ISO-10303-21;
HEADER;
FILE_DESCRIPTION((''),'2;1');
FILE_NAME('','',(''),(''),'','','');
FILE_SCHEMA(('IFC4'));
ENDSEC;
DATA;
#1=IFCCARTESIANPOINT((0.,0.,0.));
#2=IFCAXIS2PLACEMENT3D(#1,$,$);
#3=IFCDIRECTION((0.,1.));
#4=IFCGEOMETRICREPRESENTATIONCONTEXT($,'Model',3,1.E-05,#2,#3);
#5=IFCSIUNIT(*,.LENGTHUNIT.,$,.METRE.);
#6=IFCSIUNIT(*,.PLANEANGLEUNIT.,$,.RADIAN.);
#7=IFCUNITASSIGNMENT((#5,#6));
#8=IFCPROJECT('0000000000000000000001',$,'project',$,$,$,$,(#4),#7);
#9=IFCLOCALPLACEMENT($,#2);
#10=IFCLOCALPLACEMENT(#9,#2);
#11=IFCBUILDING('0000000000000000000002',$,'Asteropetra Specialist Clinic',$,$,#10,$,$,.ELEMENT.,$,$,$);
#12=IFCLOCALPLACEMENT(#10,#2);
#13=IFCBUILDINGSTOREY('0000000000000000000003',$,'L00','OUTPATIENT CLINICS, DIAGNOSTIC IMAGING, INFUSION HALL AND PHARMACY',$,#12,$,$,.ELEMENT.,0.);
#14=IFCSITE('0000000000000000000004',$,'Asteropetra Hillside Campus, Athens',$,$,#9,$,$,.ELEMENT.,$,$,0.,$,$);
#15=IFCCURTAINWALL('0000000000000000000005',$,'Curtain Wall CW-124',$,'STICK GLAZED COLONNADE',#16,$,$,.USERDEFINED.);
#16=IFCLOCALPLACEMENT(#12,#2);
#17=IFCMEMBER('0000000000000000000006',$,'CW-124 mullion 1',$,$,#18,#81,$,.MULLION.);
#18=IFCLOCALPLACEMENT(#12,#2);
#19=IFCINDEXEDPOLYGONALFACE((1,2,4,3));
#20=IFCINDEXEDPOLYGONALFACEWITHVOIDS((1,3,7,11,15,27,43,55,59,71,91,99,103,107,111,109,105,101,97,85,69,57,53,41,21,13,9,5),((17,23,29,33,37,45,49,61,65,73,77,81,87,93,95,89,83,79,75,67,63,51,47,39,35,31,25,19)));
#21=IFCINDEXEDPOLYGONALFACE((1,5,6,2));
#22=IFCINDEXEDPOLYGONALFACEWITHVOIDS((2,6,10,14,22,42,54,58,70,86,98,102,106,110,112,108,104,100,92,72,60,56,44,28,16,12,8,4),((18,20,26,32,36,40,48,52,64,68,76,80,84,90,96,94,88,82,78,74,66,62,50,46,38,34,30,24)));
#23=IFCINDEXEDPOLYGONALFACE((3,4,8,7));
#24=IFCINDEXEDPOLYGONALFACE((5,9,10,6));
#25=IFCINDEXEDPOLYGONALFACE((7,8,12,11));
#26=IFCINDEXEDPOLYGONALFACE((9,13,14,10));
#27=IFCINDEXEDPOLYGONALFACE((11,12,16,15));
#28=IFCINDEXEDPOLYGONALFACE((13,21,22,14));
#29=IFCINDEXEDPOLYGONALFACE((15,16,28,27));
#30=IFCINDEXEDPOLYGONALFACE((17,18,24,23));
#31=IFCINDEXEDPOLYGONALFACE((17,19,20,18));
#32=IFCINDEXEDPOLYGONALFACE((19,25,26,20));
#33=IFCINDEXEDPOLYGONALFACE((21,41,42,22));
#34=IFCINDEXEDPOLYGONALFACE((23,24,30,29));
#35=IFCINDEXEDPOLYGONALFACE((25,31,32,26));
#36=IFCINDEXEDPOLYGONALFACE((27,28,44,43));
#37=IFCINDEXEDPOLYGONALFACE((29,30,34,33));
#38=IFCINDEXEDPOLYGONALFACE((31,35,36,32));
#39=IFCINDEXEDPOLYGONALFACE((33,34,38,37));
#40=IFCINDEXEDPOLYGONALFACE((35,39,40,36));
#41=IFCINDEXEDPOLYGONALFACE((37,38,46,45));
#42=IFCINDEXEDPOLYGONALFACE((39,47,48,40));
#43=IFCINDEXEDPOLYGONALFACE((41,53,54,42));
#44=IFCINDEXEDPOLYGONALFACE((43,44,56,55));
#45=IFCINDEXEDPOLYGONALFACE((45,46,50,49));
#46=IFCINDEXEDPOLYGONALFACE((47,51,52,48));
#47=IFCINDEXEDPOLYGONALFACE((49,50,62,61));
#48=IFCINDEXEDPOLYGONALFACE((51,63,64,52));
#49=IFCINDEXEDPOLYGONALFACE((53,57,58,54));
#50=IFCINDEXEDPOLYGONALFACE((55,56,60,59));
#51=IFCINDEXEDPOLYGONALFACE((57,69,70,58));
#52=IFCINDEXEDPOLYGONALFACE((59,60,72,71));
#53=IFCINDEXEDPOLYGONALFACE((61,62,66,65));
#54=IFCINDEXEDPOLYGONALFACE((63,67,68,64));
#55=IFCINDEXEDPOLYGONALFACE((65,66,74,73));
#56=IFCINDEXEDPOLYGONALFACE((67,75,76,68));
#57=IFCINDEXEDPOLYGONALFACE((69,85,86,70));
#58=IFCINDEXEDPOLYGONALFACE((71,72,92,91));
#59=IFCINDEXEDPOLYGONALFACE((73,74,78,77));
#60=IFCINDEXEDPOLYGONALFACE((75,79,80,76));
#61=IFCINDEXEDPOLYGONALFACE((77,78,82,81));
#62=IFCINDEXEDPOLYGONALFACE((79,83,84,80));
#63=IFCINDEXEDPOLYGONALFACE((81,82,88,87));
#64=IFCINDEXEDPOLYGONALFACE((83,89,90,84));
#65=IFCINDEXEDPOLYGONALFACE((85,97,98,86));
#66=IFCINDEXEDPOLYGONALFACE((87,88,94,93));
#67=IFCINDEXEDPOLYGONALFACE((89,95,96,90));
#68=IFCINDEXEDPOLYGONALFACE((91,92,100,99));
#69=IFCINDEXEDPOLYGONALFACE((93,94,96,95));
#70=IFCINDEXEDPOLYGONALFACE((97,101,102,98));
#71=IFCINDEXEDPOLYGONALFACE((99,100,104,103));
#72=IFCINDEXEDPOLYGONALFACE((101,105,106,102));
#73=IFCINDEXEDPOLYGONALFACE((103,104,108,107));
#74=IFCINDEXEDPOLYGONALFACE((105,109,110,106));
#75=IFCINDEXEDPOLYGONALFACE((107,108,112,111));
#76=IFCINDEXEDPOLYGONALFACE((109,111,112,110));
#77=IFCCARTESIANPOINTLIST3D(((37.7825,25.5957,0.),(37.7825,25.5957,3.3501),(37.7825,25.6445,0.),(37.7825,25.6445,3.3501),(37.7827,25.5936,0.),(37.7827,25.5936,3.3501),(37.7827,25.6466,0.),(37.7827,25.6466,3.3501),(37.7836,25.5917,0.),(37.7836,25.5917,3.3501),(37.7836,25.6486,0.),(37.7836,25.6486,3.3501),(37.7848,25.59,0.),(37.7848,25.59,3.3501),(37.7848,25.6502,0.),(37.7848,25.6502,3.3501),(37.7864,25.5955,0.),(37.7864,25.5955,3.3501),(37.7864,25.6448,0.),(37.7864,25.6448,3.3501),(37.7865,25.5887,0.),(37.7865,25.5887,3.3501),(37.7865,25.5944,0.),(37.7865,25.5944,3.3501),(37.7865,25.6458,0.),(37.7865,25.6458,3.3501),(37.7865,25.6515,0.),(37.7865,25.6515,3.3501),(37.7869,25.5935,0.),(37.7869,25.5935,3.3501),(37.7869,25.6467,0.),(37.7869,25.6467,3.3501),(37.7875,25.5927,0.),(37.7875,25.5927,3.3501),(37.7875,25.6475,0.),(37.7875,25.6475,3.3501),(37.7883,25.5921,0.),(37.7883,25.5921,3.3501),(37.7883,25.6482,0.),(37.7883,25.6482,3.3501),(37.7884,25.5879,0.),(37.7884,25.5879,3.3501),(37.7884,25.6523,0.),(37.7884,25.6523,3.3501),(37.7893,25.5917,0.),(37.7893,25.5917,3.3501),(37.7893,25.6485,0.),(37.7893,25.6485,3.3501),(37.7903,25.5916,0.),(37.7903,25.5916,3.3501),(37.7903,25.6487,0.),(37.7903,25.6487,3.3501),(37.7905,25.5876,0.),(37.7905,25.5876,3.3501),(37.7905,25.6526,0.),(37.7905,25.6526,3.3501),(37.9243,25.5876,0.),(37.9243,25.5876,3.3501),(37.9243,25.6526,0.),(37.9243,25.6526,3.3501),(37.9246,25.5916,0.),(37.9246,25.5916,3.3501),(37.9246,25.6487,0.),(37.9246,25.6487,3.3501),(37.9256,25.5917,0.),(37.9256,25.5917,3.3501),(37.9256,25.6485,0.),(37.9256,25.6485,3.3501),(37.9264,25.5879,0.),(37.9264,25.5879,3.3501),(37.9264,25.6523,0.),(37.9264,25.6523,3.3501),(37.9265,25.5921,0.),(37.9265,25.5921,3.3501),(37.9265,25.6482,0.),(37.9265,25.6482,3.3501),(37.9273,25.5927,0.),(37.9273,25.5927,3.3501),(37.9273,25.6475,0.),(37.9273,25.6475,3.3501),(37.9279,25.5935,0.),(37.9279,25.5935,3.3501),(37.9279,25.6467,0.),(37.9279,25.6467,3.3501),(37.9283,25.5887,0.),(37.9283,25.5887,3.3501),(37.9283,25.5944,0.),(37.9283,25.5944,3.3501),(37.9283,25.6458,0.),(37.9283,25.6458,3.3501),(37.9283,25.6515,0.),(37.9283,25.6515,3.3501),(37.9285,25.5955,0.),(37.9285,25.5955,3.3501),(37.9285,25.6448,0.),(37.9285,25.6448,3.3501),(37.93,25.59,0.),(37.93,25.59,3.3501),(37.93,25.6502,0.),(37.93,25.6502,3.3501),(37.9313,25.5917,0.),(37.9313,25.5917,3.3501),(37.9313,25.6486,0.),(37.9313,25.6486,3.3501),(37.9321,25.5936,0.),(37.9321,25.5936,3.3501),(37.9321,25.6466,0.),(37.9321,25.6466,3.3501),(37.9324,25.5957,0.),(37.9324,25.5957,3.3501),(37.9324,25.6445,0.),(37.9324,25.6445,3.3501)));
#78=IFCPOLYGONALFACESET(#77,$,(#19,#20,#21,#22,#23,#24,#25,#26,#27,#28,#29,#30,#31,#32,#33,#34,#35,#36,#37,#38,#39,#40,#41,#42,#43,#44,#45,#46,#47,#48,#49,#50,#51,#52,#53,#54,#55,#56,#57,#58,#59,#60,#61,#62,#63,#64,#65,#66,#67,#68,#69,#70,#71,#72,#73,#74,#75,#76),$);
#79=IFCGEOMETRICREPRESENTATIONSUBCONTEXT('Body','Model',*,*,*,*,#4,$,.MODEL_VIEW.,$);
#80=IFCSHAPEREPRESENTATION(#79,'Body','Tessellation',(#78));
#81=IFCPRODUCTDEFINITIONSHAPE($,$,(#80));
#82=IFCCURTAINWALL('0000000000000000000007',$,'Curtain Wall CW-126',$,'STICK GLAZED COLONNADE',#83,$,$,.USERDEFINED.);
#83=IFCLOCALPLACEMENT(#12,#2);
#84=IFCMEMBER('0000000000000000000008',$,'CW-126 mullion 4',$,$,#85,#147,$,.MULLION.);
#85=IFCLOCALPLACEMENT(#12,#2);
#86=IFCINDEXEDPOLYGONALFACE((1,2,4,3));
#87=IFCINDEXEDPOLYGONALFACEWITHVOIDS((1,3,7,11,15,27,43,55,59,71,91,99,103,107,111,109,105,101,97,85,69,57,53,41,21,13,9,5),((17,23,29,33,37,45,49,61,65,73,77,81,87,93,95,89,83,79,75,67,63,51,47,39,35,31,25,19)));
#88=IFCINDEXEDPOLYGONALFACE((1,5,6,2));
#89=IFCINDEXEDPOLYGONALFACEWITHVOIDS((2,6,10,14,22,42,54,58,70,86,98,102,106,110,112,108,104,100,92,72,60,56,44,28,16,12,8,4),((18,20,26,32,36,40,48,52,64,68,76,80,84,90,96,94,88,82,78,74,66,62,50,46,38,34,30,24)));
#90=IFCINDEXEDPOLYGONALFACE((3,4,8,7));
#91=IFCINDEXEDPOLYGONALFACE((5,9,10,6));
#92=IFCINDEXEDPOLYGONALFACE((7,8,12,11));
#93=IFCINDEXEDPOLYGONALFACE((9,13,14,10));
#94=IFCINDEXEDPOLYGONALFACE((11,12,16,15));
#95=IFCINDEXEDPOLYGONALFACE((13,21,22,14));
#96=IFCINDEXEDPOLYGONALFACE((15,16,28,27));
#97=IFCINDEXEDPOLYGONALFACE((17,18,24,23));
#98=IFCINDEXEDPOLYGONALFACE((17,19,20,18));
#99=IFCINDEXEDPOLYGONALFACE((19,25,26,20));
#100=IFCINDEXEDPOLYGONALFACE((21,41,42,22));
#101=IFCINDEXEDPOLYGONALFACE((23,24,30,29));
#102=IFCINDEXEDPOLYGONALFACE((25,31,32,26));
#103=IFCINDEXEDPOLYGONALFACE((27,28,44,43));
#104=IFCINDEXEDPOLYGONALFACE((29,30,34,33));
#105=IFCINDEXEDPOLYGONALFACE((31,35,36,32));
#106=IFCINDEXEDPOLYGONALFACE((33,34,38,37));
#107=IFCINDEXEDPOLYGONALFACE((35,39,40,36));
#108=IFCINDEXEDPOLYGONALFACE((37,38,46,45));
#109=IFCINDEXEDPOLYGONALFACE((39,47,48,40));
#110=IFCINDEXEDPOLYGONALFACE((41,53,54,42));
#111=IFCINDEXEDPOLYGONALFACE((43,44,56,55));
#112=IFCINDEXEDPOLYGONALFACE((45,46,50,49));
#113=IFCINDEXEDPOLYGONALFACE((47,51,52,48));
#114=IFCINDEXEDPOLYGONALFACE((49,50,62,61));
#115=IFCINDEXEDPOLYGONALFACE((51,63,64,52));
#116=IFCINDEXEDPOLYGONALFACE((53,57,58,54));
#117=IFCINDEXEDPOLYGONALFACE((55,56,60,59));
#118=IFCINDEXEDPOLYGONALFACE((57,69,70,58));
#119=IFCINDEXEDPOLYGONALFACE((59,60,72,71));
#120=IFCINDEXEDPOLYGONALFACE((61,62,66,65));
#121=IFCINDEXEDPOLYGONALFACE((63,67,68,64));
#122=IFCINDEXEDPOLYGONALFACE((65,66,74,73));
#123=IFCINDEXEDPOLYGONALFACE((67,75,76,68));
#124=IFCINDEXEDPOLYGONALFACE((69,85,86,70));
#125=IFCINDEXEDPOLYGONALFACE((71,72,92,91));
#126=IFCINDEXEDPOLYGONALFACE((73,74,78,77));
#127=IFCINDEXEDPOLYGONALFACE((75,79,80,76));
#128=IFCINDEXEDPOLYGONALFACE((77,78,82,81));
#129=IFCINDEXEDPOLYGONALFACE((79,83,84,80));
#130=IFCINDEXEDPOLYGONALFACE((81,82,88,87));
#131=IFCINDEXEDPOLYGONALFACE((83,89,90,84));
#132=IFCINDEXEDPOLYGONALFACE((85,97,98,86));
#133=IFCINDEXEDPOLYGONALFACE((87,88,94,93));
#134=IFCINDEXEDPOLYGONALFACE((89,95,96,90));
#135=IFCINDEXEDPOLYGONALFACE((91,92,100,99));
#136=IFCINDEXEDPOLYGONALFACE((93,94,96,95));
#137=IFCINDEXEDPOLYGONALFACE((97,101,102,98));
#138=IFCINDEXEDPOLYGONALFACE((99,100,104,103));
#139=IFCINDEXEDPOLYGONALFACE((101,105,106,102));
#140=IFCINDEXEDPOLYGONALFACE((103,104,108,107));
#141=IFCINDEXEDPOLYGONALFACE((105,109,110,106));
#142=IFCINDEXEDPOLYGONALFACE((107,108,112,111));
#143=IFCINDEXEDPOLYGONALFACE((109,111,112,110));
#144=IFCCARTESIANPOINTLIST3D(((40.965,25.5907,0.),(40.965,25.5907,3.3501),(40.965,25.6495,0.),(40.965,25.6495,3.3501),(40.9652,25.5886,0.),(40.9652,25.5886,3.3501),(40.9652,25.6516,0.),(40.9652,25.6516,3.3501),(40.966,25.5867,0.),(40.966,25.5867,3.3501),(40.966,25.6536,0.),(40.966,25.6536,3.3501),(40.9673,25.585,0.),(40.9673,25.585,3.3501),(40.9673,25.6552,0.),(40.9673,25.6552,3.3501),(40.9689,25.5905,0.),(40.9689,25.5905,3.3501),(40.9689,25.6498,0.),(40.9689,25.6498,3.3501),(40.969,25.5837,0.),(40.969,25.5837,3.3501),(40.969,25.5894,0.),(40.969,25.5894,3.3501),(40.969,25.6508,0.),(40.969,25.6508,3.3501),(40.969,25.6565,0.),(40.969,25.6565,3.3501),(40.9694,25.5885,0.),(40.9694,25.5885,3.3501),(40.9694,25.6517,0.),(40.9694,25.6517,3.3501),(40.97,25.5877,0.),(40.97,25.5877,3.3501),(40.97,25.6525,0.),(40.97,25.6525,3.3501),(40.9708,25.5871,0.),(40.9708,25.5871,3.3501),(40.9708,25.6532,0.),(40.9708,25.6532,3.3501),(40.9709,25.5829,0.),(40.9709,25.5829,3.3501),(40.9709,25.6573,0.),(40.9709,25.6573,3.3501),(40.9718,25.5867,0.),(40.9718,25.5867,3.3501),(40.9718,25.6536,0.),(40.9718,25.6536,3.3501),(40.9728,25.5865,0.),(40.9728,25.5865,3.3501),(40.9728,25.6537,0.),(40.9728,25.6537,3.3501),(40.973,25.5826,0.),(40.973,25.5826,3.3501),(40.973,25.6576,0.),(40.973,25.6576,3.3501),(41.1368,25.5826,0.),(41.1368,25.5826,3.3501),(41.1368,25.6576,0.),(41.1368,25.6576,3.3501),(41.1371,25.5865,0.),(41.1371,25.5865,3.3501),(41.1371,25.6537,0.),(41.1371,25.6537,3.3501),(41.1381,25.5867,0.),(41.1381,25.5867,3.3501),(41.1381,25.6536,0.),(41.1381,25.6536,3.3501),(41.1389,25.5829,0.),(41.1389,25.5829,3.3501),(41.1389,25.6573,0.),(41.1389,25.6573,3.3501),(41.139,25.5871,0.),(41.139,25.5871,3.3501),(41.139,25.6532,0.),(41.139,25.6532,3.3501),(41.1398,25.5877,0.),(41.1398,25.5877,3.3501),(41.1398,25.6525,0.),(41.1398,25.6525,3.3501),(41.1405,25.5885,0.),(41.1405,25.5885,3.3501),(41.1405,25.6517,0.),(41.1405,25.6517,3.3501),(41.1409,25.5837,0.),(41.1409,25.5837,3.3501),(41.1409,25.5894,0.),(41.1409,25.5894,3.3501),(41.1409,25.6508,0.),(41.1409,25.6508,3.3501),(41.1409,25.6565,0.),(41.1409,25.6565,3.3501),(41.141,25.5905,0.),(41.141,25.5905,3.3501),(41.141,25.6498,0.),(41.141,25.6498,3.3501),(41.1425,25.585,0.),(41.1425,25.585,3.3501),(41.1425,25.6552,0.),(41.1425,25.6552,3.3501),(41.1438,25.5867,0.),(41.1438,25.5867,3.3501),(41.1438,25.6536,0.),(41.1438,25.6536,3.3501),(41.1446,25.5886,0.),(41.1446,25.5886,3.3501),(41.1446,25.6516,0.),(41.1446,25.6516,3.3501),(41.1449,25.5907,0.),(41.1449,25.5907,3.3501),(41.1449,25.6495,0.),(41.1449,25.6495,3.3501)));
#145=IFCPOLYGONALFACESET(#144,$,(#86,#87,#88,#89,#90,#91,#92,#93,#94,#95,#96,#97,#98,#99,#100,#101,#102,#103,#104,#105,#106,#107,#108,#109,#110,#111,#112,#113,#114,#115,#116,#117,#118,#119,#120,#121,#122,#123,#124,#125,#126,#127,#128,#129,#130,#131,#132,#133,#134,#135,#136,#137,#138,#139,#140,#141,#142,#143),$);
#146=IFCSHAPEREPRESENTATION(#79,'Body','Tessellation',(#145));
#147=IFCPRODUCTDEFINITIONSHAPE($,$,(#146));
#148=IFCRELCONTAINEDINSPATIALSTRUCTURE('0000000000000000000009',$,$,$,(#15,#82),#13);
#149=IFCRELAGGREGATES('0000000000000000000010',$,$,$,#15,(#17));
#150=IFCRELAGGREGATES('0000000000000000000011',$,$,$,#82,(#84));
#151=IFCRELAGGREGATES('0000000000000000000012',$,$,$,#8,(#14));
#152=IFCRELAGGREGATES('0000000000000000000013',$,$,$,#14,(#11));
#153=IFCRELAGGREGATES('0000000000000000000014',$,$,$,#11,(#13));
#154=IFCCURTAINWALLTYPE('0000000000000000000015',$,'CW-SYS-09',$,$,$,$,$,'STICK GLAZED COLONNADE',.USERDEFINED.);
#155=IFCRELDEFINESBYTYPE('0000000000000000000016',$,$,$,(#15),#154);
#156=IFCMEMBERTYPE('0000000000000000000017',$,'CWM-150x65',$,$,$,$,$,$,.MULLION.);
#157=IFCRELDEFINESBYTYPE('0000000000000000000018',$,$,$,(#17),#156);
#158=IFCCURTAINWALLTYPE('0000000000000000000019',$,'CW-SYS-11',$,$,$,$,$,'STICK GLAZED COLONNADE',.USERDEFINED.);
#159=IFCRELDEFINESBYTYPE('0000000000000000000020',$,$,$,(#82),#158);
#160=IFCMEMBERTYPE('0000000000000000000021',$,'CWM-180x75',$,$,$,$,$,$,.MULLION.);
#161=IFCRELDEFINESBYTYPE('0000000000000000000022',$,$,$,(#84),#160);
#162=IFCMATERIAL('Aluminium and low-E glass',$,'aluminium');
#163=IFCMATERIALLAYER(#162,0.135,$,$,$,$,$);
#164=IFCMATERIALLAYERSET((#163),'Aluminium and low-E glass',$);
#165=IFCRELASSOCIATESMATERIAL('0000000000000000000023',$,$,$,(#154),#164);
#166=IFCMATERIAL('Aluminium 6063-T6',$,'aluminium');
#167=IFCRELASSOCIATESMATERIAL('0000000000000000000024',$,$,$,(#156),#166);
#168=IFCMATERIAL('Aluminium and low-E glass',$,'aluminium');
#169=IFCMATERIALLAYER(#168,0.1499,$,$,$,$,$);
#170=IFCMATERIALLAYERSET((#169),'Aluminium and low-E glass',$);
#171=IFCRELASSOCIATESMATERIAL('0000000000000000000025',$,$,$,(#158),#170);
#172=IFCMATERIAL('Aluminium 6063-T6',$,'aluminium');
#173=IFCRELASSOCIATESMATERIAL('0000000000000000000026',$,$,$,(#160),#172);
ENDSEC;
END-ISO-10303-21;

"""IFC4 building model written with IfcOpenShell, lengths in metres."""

from ifc_helpers import new_model, si_unit, direction, frame, origin, origin_2d, place, context, subcontext, project, spatial, hollow_rectangle, extrude, material, layer, layer_set, material_profile, profile_set, type_object, element, aggregate, save


model = new_model("IFC4")

# Units and contexts
model_context = context("Model", 3, precision=1e-05, world=origin(), true_north=direction((0.0, 1.0)))
body_context = subcontext(model_context, "Body", "Model", "MODEL_VIEW")
ifc_project = project(units=[si_unit("LENGTHUNIT", "METRE"), si_unit("PLANEANGLEUNIT", "RADIAN")], contexts=[model_context])

# Site, building, storey
site_placement = place(None, origin())
site = spatial("IfcSite", under=ifc_project, at=site_placement, Name="Asteropetra Hillside Campus, Athens", CompositionType="ELEMENT", RefElevation=0.0)
building_placement = place(site_placement, origin())
building = spatial("IfcBuilding", under=site, at=building_placement, Name="Asteropetra Specialist Clinic", CompositionType="ELEMENT")
storey_placement = place(building_placement, origin())
storey = spatial("IfcBuildingStorey", under=building, at=storey_placement, Name="L00", Description="OUTPATIENT CLINICS, DIAGNOSTIC IMAGING, INFUSION HALL AND PHARMACY", CompositionType="ELEMENT", Elevation=0.0)

# Curtain wall, member
ifc_material_1 = material(Name="Aluminium and low-E glass", Category="aluminium")
ifc_layer_1 = layer(ifc_material_1, 0.135)
ifc_layer_set_1 = layer_set([ifc_layer_1], Name="Aluminium and low-E glass")
curtain_wall_type_1 = type_object("IfcCurtainWallType", Name="CW-SYS-09", ElementType="STICK GLAZED COLONNADE", PredefinedType="USERDEFINED", material=ifc_layer_set_1)
curtain_wall_1_placement = place(storey_placement, origin())
curtain_wall_1 = element("IfcCurtainWall", 1, at=curtain_wall_1_placement, inside=storey, type_object=curtain_wall_type_1, Name="Curtain Wall CW-124", ObjectType="STICK GLAZED COLONNADE", PredefinedType="USERDEFINED")
ifc_material_2 = material(Name="Aluminium 6063-T6", Category="aluminium")
ifc_material_profile_1 = material_profile(ifc_material_2, hollow_rectangle(XDim=0.0649, YDim=0.1499, WallThickness=0.0039, InnerFilletRadius=0.0039, OuterFilletRadius=0.0081, at=origin_2d()), Name="MUL 150x65x4.0")
ifc_profile_set_1 = profile_set([ifc_material_profile_1], Name="Aluminium 6063-T6")
member_type_1 = type_object("IfcMemberType", Name="CWM-150x65", PredefinedType="MULLION", material=ifc_profile_set_1)
member_1_placement = place(storey_placement, frame((37.8574, 25.6201, 0.0), z_axis=(0.0, 0.0, 1.0), x_axis=(0.0, -1.0, 0.0)))
member_1 = element("IfcMember", 2, at=member_1_placement, type_object=member_type_1, Name="CW-124 mullion 1", PredefinedType="MULLION", context=body_context, shape_type="SweptSolid", body=[
    extrude(hollow_rectangle(XDim=0.0649, YDim=0.1499, WallThickness=0.0039, InnerFilletRadius=0.0039, OuterFilletRadius=0.0081, at=origin_2d()), origin(), (0.0, 0.0, 1.0), 3.3501),
])

# Curtain wall, member
ifc_material_3 = material(Name="Aluminium and low-E glass", Category="aluminium")
ifc_layer_2 = layer(ifc_material_3, 0.1499)
ifc_layer_set_2 = layer_set([ifc_layer_2], Name="Aluminium and low-E glass")
curtain_wall_type_2 = type_object("IfcCurtainWallType", Name="CW-SYS-11", ElementType="STICK GLAZED COLONNADE", PredefinedType="USERDEFINED", material=ifc_layer_set_2)
curtain_wall_2_placement = place(storey_placement, origin())
curtain_wall_2 = element("IfcCurtainWall", 3, at=curtain_wall_2_placement, inside=storey, type_object=curtain_wall_type_2, Name="Curtain Wall CW-126", ObjectType="STICK GLAZED COLONNADE", PredefinedType="USERDEFINED")
ifc_material_4 = material(Name="Aluminium 6063-T6", Category="aluminium")
ifc_material_profile_2 = material_profile(ifc_material_4, hollow_rectangle(XDim=0.075, YDim=0.1799, WallThickness=0.0039, InnerFilletRadius=0.0039, OuterFilletRadius=0.0081, at=origin_2d()), Name="MUL 180x75x4.0")
ifc_profile_set_2 = profile_set([ifc_material_profile_2], Name="Aluminium 6063-T6")
member_type_2 = type_object("IfcMemberType", Name="CWM-180x75", PredefinedType="MULLION", material=ifc_profile_set_2)
member_2_placement = place(storey_placement, frame((41.0549, 25.6201, 0.0), z_axis=(0.0, 0.0, 1.0), x_axis=(0.0, -1.0, 0.0)))
member_2 = element("IfcMember", 4, at=member_2_placement, type_object=member_type_2, Name="CW-126 mullion 4", PredefinedType="MULLION", context=body_context, shape_type="SweptSolid", body=[
    extrude(hollow_rectangle(XDim=0.075, YDim=0.1799, WallThickness=0.0039, InnerFilletRadius=0.0039, OuterFilletRadius=0.0081, at=origin_2d()), origin(), (0.0, 0.0, 1.0), 3.3501),
])

aggregate(curtain_wall_1, [member_1])
aggregate(curtain_wall_2, [member_2])

save(model, "model.ifc")
